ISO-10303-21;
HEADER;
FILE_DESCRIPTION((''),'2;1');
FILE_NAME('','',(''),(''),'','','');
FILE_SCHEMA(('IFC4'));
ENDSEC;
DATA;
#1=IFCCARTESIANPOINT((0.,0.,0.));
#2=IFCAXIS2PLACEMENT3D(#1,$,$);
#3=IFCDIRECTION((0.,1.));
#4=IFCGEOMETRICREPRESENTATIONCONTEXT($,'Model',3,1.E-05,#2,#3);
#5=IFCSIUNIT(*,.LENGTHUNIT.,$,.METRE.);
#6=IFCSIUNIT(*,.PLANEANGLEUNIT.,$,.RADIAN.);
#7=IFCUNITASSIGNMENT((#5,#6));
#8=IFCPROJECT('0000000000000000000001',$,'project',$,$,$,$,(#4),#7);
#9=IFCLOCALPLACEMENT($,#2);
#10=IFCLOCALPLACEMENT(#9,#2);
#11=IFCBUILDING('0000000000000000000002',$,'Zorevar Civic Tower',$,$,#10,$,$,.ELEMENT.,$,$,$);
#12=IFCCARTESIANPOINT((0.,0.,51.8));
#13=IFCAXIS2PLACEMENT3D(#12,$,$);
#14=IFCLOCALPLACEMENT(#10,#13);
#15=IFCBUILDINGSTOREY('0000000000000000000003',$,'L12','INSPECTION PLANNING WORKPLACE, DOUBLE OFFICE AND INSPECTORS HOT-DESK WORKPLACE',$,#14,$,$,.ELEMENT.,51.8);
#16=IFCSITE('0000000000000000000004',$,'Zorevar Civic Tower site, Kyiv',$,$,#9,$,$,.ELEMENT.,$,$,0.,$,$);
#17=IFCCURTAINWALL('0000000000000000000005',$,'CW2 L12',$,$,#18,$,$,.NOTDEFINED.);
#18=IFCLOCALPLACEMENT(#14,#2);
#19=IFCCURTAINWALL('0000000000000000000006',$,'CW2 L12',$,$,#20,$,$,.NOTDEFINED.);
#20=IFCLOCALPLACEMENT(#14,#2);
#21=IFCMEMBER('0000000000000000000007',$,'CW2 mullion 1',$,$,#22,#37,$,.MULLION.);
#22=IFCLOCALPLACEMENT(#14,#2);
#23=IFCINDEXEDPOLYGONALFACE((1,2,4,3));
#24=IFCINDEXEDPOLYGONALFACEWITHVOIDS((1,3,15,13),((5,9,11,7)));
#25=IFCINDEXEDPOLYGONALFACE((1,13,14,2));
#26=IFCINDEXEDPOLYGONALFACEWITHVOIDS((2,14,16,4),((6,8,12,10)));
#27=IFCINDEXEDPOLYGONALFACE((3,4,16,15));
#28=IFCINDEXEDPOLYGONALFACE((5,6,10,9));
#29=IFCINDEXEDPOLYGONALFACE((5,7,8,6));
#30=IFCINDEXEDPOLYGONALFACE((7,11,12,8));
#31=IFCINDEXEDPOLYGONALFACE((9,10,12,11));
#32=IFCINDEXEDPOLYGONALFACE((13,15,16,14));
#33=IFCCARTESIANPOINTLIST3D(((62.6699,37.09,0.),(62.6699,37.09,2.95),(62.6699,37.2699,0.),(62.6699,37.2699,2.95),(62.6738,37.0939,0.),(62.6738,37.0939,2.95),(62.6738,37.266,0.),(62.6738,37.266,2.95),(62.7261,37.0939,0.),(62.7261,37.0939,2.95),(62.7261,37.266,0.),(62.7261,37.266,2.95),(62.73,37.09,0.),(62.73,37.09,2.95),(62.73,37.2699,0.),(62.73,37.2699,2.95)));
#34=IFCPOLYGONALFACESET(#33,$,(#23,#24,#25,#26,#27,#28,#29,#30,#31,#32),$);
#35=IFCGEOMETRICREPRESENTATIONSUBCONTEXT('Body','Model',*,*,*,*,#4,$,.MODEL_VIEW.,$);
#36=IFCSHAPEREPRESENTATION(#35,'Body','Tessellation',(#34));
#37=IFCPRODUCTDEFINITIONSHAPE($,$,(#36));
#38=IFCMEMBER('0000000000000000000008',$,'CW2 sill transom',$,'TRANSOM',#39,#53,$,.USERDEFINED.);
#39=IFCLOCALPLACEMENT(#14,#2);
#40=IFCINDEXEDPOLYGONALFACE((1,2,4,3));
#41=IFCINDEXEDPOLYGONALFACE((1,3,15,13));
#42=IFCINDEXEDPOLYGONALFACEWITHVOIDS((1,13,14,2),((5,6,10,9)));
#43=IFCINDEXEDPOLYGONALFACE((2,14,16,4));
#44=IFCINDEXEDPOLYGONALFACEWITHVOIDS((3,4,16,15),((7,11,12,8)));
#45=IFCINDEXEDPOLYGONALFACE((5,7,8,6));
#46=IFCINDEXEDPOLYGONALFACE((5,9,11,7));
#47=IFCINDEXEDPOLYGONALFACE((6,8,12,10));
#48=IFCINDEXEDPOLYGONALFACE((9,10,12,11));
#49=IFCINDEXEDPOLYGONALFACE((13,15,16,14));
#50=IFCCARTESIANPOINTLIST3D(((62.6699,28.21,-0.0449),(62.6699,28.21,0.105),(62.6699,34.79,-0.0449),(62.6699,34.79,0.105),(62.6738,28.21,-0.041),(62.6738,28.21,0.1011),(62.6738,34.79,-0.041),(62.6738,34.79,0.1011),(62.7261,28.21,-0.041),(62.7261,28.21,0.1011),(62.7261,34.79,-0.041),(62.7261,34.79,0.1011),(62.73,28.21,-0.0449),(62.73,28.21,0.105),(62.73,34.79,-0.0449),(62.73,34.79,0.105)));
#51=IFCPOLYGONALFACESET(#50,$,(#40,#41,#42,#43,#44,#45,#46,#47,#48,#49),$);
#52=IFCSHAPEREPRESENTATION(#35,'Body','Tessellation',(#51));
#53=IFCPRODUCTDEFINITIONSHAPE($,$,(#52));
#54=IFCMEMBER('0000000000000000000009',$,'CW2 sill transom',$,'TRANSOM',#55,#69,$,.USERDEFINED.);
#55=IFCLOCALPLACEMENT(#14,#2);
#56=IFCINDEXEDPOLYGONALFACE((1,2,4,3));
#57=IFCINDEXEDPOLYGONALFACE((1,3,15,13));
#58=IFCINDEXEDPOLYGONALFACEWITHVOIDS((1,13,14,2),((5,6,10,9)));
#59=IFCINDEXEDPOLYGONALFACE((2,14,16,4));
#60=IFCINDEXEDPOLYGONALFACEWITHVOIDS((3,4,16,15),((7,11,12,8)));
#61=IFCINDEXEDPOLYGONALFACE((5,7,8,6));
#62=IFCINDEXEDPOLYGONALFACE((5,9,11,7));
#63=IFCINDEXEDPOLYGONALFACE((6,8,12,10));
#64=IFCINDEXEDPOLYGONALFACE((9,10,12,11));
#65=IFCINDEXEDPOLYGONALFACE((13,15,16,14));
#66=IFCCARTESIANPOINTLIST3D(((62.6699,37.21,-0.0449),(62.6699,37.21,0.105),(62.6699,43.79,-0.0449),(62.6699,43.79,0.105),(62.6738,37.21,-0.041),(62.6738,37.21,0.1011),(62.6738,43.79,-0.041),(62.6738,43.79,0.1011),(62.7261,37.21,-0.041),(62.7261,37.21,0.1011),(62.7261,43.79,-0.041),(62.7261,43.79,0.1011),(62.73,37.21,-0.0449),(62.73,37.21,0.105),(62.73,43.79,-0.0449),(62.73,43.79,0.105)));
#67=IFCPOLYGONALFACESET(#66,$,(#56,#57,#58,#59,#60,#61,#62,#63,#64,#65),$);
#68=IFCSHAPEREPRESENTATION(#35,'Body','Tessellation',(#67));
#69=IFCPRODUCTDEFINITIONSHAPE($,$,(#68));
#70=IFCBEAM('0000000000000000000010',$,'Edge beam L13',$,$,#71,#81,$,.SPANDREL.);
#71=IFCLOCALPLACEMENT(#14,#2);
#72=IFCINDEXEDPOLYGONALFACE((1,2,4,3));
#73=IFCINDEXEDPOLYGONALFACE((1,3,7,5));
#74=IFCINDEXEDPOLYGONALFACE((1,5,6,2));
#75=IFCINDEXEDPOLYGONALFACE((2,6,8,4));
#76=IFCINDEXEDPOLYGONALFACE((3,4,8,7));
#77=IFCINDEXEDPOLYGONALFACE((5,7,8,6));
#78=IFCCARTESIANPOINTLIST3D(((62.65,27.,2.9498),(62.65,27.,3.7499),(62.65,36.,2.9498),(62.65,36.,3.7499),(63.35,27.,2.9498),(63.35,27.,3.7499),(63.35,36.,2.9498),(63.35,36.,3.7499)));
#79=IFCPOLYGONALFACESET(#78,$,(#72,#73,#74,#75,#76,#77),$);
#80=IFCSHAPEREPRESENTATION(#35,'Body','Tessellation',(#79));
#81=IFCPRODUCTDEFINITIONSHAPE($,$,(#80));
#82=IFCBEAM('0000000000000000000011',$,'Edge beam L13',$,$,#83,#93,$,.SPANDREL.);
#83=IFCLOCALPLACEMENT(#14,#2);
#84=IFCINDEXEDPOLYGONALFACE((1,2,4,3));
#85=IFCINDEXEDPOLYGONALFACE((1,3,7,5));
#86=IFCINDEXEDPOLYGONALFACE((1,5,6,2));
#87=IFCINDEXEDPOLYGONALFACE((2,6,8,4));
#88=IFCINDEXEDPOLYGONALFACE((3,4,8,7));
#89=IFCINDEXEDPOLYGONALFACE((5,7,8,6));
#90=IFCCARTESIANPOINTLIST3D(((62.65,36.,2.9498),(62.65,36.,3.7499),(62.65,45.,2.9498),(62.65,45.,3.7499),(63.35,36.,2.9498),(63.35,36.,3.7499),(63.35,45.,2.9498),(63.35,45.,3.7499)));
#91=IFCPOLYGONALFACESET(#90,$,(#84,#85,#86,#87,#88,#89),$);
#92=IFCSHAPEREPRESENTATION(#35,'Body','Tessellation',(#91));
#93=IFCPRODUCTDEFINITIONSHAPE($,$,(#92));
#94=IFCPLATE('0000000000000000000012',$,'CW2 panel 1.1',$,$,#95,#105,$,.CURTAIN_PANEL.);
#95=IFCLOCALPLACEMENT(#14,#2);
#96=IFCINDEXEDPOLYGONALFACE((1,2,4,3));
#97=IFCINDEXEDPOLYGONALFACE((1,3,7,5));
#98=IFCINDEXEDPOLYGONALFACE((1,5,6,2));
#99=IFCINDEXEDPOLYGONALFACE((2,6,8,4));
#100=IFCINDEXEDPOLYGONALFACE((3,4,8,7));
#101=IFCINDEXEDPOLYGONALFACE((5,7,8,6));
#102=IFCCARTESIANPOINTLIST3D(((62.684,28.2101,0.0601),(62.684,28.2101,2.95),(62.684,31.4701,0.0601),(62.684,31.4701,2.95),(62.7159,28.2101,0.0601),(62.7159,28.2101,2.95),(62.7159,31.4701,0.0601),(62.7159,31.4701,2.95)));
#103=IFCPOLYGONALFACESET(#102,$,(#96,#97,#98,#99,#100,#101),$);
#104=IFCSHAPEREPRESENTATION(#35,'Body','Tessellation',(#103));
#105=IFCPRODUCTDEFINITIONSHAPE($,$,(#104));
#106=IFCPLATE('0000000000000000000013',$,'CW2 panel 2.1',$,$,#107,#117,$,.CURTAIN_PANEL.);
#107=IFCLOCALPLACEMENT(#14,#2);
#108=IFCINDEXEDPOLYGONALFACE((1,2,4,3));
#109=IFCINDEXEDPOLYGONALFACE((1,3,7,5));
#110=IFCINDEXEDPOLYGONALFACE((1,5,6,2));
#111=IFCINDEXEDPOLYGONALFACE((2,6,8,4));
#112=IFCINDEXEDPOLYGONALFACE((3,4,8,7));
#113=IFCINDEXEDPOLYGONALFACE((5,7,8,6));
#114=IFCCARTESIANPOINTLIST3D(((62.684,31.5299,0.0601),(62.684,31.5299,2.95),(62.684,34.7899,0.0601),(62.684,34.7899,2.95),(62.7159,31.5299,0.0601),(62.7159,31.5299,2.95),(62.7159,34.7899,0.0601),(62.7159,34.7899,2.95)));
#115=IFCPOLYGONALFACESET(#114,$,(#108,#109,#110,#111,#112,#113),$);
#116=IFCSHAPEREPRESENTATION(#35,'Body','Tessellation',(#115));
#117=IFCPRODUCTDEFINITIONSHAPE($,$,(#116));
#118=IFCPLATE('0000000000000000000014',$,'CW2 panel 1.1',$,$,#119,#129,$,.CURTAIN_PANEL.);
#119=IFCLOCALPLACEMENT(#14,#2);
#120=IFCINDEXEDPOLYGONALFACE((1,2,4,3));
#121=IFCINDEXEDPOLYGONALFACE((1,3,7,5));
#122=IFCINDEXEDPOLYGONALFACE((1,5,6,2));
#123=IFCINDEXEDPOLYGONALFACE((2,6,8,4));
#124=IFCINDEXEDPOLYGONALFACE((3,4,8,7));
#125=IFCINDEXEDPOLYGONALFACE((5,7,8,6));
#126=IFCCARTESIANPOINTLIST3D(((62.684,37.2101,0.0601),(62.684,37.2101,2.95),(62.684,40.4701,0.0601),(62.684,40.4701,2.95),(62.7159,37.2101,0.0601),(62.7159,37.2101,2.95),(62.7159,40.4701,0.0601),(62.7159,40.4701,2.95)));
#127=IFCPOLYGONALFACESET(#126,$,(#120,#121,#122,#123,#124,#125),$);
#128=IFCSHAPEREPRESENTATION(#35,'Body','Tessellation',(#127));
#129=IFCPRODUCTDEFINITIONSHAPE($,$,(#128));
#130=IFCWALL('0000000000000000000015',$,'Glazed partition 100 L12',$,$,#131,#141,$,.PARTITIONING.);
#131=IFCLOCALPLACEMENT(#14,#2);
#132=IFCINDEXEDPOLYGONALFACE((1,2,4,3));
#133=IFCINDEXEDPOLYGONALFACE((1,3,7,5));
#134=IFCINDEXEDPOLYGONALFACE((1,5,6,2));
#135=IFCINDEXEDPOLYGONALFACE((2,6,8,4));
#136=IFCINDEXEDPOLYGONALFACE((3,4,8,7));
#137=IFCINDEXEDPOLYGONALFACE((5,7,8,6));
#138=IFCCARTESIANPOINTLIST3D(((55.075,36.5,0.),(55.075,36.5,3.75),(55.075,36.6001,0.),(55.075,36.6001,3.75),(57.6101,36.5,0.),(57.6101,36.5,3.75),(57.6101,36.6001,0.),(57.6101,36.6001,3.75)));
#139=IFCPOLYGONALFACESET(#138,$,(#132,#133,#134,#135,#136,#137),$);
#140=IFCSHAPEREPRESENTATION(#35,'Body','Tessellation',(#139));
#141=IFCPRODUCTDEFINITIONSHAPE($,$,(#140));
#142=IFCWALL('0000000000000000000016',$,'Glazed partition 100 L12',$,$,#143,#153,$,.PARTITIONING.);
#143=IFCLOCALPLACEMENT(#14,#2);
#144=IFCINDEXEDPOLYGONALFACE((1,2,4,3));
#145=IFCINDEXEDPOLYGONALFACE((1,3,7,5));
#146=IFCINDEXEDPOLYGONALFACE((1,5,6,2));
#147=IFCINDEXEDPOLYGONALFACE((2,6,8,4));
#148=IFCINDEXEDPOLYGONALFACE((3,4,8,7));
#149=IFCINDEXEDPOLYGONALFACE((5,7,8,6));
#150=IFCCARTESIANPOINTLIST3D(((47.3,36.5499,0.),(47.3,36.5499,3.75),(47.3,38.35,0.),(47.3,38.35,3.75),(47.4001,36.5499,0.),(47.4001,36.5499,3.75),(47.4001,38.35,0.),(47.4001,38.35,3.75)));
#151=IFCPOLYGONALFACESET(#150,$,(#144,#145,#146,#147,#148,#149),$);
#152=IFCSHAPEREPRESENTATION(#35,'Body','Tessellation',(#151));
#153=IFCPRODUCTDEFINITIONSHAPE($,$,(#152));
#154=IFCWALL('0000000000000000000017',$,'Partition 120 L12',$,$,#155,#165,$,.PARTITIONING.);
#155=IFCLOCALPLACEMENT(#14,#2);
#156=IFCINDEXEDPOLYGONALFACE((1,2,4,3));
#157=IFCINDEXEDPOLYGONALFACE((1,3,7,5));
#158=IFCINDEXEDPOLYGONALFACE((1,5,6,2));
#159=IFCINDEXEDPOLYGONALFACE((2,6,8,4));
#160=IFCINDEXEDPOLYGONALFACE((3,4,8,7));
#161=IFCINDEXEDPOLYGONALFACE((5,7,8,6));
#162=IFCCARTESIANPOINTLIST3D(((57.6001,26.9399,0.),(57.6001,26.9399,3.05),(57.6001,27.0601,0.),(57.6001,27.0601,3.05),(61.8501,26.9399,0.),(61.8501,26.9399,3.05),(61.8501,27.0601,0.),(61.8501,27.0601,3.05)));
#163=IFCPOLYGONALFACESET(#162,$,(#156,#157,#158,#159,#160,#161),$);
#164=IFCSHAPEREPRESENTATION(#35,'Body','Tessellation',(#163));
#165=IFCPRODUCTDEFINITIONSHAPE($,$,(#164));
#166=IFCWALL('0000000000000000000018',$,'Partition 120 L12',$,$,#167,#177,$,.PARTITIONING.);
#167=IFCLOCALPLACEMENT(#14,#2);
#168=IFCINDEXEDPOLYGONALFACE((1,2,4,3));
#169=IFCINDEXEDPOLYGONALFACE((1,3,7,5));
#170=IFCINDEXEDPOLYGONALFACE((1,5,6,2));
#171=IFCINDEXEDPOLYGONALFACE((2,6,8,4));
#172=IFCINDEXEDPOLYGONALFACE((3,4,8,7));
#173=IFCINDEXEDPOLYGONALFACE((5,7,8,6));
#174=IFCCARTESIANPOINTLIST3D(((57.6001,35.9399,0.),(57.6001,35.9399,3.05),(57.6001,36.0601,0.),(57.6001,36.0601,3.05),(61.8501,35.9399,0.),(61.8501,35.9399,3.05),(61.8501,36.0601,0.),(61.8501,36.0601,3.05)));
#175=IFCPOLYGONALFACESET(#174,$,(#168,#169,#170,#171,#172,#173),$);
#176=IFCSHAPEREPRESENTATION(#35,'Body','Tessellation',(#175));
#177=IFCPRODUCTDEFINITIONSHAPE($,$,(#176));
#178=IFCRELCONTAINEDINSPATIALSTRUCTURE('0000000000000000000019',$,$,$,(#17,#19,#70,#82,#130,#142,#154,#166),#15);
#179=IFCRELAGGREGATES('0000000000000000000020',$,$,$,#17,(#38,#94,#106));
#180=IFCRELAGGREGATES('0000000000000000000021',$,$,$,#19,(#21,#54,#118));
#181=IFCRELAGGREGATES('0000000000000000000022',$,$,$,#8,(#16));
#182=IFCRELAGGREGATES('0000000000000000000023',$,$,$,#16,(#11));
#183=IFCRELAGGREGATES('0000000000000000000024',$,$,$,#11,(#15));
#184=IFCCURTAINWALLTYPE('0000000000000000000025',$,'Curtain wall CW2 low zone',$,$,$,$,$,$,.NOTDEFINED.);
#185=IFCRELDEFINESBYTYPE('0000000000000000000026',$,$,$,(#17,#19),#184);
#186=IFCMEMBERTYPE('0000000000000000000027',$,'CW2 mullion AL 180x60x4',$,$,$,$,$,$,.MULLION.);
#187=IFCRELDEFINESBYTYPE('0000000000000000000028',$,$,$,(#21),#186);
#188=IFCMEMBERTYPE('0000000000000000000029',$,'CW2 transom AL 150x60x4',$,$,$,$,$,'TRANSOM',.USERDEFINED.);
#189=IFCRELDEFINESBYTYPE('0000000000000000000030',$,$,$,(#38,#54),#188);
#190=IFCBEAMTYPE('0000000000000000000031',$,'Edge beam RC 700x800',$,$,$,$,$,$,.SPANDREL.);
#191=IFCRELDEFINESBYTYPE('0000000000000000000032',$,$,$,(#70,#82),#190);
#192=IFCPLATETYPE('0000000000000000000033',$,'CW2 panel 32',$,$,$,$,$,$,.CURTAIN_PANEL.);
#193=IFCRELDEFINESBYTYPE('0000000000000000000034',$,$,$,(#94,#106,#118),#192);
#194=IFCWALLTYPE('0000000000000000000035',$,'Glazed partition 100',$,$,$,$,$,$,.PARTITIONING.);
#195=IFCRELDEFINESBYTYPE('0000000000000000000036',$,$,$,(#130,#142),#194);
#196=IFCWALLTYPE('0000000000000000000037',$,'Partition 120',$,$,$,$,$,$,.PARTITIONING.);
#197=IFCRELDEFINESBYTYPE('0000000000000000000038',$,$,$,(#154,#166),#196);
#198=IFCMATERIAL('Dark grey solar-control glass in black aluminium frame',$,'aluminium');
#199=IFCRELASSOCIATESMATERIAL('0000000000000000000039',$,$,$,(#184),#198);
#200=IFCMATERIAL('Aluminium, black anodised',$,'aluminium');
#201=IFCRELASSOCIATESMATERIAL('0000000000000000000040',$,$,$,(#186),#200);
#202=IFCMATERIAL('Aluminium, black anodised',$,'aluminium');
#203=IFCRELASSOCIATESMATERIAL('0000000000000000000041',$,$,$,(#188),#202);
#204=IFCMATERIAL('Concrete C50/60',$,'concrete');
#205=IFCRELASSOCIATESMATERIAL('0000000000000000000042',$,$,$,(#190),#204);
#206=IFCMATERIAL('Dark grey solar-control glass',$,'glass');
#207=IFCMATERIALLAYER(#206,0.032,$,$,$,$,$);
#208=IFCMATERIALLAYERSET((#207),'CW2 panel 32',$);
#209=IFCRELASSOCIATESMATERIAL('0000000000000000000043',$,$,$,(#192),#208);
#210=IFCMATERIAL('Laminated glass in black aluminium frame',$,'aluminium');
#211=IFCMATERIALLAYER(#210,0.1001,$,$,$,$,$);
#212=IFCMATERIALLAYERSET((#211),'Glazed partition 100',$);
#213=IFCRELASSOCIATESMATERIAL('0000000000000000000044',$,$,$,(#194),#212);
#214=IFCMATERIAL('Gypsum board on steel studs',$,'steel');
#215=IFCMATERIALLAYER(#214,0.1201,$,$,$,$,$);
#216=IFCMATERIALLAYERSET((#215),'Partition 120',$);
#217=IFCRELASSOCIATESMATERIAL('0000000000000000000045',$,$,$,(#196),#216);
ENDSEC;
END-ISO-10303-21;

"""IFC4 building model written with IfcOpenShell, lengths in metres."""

from ifc_helpers import new_model, si_unit, direction, frame, frame_2d, origin, origin_2d, place, context, subcontext, project, spatial, rectangle, hollow_rectangle, extrude, material, layer, layer_set, material_profile, profile_set, type_object, element, aggregate, save


model = new_model("IFC4")

# Units and contexts
model_context = context("Model", 3, precision=1e-05, world=origin(), true_north=direction((0.0, 1.0)))
body_context = subcontext(model_context, "Body", "Model", "MODEL_VIEW")
ifc_project = project(units=[si_unit("LENGTHUNIT", "METRE"), si_unit("PLANEANGLEUNIT", "RADIAN")], contexts=[model_context])

# Site, building, storey
site_placement = place(None, origin())
site = spatial("IfcSite", under=ifc_project, at=site_placement, Name="Zorevar Civic Tower site, Kyiv", CompositionType="ELEMENT", RefElevation=0.0)
building_placement = place(site_placement, origin())
building = spatial("IfcBuilding", under=site, at=building_placement, Name="Zorevar Civic Tower", CompositionType="ELEMENT")
storey_placement = place(building_placement, frame((0.0, 0.0, 51.8)))
storey = spatial("IfcBuildingStorey", under=building, at=storey_placement, Name="L12", Description="INSPECTION PLANNING WORKPLACE, DOUBLE OFFICE AND INSPECTORS HOT-DESK WORKPLACE", CompositionType="ELEMENT", Elevation=51.8)

# Curtain wall
ifc_material_1 = material(Name="Dark grey solar-control glass in black aluminium frame", Category="aluminium")
curtain_wall_type = type_object("IfcCurtainWallType", Name="Curtain wall CW2 low zone", PredefinedType="NOTDEFINED", material=ifc_material_1)
curtain_wall_1_placement = place(storey_placement, origin())
curtain_wall_1 = element("IfcCurtainWall", 1, at=curtain_wall_1_placement, inside=storey, type_object=curtain_wall_type, Name="CW2 L12", PredefinedType="NOTDEFINED")
ifc_material_2 = material(Name="Aluminium, black anodised", Category="aluminium")
ifc_material_profile_1 = material_profile(ifc_material_2, hollow_rectangle(XDim=0.0601, YDim=0.1799, WallThickness=0.0039, at=origin_2d()), Name="AL 180x60x4")
ifc_profile_set_1 = profile_set([ifc_material_profile_1], Name="Aluminium, black anodised")
member_type_1 = type_object("IfcMemberType", Name="CW2 mullion AL 180x60x4", PredefinedType="MULLION", material=ifc_profile_set_1)

# Curtain wall, member
curtain_wall_2_placement = place(storey_placement, origin())
curtain_wall_2 = element("IfcCurtainWall", 2, at=curtain_wall_2_placement, inside=storey, type_object=curtain_wall_type, Name="CW2 L12", PredefinedType="NOTDEFINED")
member_1_placement = place(storey_placement, frame((62.7, 37.1799, 0.0), z_axis=(0.0, 0.0, 1.0), x_axis=(-1.0, 0.0, 0.0)))
member_1 = element("IfcMember", 3, at=member_1_placement, type_object=member_type_1, Name="CW2 mullion 1", PredefinedType="MULLION", context=body_context, shape_type="SweptSolid", body=[
    extrude(hollow_rectangle(XDim=0.0601, YDim=0.1799, WallThickness=0.0039, at=origin_2d()), origin(), (0.0, 0.0, 1.0), 2.95),
])

# Members
ifc_material_3 = material(Name="Aluminium, black anodised", Category="aluminium")
ifc_material_profile_2 = material_profile(ifc_material_3, hollow_rectangle(XDim=0.0601, YDim=0.1499, WallThickness=0.0039, at=origin_2d()), Name="AL 150x60x4")
ifc_profile_set_2 = profile_set([ifc_material_profile_2], Name="Aluminium, black anodised")
member_type_2 = type_object("IfcMemberType", Name="CW2 transom AL 150x60x4", ElementType="TRANSOM", PredefinedType="USERDEFINED", material=ifc_profile_set_2)
member_2_placement = place(storey_placement, frame((62.7, 28.21, 0.03), z_axis=(0.0, 1.0, 0.0), x_axis=(-1.0, 0.0, 0.0)))
member_2 = element("IfcMember", 4, at=member_2_placement, type_object=member_type_2, Name="CW2 sill transom", ObjectType="TRANSOM", PredefinedType="USERDEFINED", context=body_context, shape_type="SweptSolid", body=[
    extrude(hollow_rectangle(XDim=0.0601, YDim=0.1499, WallThickness=0.0039, at=origin_2d()), origin(), (0.0, 0.0, 1.0), 6.5801),
])
member_3_placement = place(storey_placement, frame((62.7, 37.21, 0.03), z_axis=(0.0, 1.0, 0.0), x_axis=(-1.0, 0.0, 0.0)))
member_3 = element("IfcMember", 5, at=member_3_placement, type_object=member_type_2, Name="CW2 sill transom", ObjectType="TRANSOM", PredefinedType="USERDEFINED", context=body_context, shape_type="SweptSolid", body=[
    extrude(hollow_rectangle(XDim=0.0601, YDim=0.1499, WallThickness=0.0039, at=origin_2d()), origin(), (0.0, 0.0, 1.0), 6.5801),
])

# Beams
ifc_material_4 = material(Name="Concrete C50/60", Category="concrete")
ifc_material_profile_3 = material_profile(ifc_material_4, rectangle(XDim=0.7, YDim=0.8, at=origin_2d()), Name="RC 700x800")
ifc_profile_set_3 = profile_set([ifc_material_profile_3], Name="Concrete C50/60")
beam_type_1 = type_object("IfcBeamType", Name="Edge beam RC 700x800", PredefinedType="SPANDREL", material=ifc_profile_set_3)
for number, where, z_axis, x_axis, name in (
    (6, (63.0, 27.0, 3.3499), (0.0, 1.0, 0.0), (-1.0, 0.0, 0.0), "Edge beam L13"),
    (7, (63.0, 36.0, 3.3499), (0.0, 1.0, 0.0), (-1.0, 0.0, 0.0), "Edge beam L13"),
):
    element("IfcBeam", number, at=place(storey_placement, frame(where, z_axis=z_axis, x_axis=x_axis)), inside=storey, type_object=beam_type_1, Name=name, PredefinedType="SPANDREL", context=body_context, shape_type="SweptSolid", body=[
        extrude(rectangle(XDim=0.7, YDim=0.8, at=origin_2d()), origin(), (0.0, 0.0, 1.0), 9.0),
    ])

# Plates
ifc_material_5 = material(Name="Dark grey solar-control glass", Category="glass")
ifc_layer_1 = layer(ifc_material_5, 0.032)
ifc_layer_set_1 = layer_set([ifc_layer_1], Name="CW2 panel 32")
plate_type = type_object("IfcPlateType", Name="CW2 panel 32", PredefinedType="CURTAIN_PANEL", material=ifc_layer_set_1)
plate_1_placement = place(storey_placement, frame((62.7, 29.8401, 0.0601), z_axis=(0.0, 0.0, 1.0), x_axis=(0.0, 1.0, 0.0)))
plate_1 = element("IfcPlate", 8, at=plate_1_placement, type_object=plate_type, Name="CW2 panel 1.1", PredefinedType="CURTAIN_PANEL", context=body_context, shape_type="SweptSolid", body=[
    extrude(rectangle(XDim=3.26, YDim=0.032, at=origin_2d()), origin(), (0.0, 0.0, 1.0), 2.8899),
])
plate_2_placement = place(storey_placement, frame((62.7, 33.1599, 0.0601), z_axis=(0.0, 0.0, 1.0), x_axis=(0.0, 1.0, 0.0)))
plate_2 = element("IfcPlate", 9, at=plate_2_placement, type_object=plate_type, Name="CW2 panel 2.1", PredefinedType="CURTAIN_PANEL", context=body_context, shape_type="SweptSolid", body=[
    extrude(rectangle(XDim=3.26, YDim=0.032, at=origin_2d()), origin(), (0.0, 0.0, 1.0), 2.8899),
])
aggregate(curtain_wall_1, [member_2, plate_1, plate_2])
plate_3_placement = place(storey_placement, frame((62.7, 38.8401, 0.0601), z_axis=(0.0, 0.0, 1.0), x_axis=(0.0, 1.0, 0.0)))
plate_3 = element("IfcPlate", 10, at=plate_3_placement, type_object=plate_type, Name="CW2 panel 1.1", PredefinedType="CURTAIN_PANEL", context=body_context, shape_type="SweptSolid", body=[
    extrude(rectangle(XDim=3.26, YDim=0.032, at=origin_2d()), origin(), (0.0, 0.0, 1.0), 2.8899),
])
aggregate(curtain_wall_2, [member_1, member_3, plate_3])

# Walls
ifc_material_6 = material(Name="Laminated glass in black aluminium frame", Category="aluminium")
ifc_layer_2 = layer(ifc_material_6, 0.1001)
ifc_layer_set_2 = layer_set([ifc_layer_2], Name="Glazed partition 100")
wall_type_1 = type_object("IfcWallType", Name="Glazed partition 100", PredefinedType="PARTITIONING", material=ifc_layer_set_2)
wall_1_placement = place(storey_placement, frame((55.075, 36.55, 0.0), z_axis=(0.0, 0.0, 1.0), x_axis=(1.0, 0.0, 0.0)))
element("IfcWall", 11, at=wall_1_placement, inside=storey, type_object=wall_type_1, Name="Glazed partition 100 L12", PredefinedType="PARTITIONING", context=body_context, shape_type="SweptSolid", body=[
    extrude(rectangle(XDim=2.5352, YDim=0.1001, at=frame_2d((1.2676, 0.0))), origin(), (0.0, 0.0, 1.0), 3.75),
])
wall_2_placement = place(storey_placement, frame((47.3501, 36.55, 0.0), z_axis=(0.0, 0.0, 1.0), x_axis=(0.0, 1.0, 0.0)))
element("IfcWall", 12, at=wall_2_placement, inside=storey, type_object=wall_type_1, Name="Glazed partition 100 L12", PredefinedType="PARTITIONING", context=body_context, shape_type="SweptSolid", body=[
    extrude(rectangle(XDim=1.8, YDim=0.1001, at=frame_2d((0.8999, 0.0))), origin(), (0.0, 0.0, 1.0), 3.75),
])
ifc_material_7 = material(Name="Gypsum board on steel studs", Category="steel")
ifc_layer_3 = layer(ifc_material_7, 0.1201)
ifc_layer_set_3 = layer_set([ifc_layer_3], Name="Partition 120")
wall_type_2 = type_object("IfcWallType", Name="Partition 120", PredefinedType="PARTITIONING", material=ifc_layer_set_3)
for number, where, z_axis, x_axis, name in (
    (13, (57.6001, 27.0, 0.0), (0.0, 0.0, 1.0), (1.0, 0.0, 0.0), "Partition 120 L12"),
    (14, (57.6001, 36.0, 0.0), (0.0, 0.0, 1.0), (1.0, 0.0, 0.0), "Partition 120 L12"),
):
    element("IfcWall", number, at=place(storey_placement, frame(where, z_axis=z_axis, x_axis=x_axis)), inside=storey, type_object=wall_type_2, Name=name, PredefinedType="PARTITIONING", context=body_context, shape_type="SweptSolid", body=[
        extrude(rectangle(XDim=4.25, YDim=0.1201, at=frame_2d((2.125, 0.0))), origin(), (0.0, 0.0, 1.0), 3.05),
    ])

save(model, "model.ifc")
